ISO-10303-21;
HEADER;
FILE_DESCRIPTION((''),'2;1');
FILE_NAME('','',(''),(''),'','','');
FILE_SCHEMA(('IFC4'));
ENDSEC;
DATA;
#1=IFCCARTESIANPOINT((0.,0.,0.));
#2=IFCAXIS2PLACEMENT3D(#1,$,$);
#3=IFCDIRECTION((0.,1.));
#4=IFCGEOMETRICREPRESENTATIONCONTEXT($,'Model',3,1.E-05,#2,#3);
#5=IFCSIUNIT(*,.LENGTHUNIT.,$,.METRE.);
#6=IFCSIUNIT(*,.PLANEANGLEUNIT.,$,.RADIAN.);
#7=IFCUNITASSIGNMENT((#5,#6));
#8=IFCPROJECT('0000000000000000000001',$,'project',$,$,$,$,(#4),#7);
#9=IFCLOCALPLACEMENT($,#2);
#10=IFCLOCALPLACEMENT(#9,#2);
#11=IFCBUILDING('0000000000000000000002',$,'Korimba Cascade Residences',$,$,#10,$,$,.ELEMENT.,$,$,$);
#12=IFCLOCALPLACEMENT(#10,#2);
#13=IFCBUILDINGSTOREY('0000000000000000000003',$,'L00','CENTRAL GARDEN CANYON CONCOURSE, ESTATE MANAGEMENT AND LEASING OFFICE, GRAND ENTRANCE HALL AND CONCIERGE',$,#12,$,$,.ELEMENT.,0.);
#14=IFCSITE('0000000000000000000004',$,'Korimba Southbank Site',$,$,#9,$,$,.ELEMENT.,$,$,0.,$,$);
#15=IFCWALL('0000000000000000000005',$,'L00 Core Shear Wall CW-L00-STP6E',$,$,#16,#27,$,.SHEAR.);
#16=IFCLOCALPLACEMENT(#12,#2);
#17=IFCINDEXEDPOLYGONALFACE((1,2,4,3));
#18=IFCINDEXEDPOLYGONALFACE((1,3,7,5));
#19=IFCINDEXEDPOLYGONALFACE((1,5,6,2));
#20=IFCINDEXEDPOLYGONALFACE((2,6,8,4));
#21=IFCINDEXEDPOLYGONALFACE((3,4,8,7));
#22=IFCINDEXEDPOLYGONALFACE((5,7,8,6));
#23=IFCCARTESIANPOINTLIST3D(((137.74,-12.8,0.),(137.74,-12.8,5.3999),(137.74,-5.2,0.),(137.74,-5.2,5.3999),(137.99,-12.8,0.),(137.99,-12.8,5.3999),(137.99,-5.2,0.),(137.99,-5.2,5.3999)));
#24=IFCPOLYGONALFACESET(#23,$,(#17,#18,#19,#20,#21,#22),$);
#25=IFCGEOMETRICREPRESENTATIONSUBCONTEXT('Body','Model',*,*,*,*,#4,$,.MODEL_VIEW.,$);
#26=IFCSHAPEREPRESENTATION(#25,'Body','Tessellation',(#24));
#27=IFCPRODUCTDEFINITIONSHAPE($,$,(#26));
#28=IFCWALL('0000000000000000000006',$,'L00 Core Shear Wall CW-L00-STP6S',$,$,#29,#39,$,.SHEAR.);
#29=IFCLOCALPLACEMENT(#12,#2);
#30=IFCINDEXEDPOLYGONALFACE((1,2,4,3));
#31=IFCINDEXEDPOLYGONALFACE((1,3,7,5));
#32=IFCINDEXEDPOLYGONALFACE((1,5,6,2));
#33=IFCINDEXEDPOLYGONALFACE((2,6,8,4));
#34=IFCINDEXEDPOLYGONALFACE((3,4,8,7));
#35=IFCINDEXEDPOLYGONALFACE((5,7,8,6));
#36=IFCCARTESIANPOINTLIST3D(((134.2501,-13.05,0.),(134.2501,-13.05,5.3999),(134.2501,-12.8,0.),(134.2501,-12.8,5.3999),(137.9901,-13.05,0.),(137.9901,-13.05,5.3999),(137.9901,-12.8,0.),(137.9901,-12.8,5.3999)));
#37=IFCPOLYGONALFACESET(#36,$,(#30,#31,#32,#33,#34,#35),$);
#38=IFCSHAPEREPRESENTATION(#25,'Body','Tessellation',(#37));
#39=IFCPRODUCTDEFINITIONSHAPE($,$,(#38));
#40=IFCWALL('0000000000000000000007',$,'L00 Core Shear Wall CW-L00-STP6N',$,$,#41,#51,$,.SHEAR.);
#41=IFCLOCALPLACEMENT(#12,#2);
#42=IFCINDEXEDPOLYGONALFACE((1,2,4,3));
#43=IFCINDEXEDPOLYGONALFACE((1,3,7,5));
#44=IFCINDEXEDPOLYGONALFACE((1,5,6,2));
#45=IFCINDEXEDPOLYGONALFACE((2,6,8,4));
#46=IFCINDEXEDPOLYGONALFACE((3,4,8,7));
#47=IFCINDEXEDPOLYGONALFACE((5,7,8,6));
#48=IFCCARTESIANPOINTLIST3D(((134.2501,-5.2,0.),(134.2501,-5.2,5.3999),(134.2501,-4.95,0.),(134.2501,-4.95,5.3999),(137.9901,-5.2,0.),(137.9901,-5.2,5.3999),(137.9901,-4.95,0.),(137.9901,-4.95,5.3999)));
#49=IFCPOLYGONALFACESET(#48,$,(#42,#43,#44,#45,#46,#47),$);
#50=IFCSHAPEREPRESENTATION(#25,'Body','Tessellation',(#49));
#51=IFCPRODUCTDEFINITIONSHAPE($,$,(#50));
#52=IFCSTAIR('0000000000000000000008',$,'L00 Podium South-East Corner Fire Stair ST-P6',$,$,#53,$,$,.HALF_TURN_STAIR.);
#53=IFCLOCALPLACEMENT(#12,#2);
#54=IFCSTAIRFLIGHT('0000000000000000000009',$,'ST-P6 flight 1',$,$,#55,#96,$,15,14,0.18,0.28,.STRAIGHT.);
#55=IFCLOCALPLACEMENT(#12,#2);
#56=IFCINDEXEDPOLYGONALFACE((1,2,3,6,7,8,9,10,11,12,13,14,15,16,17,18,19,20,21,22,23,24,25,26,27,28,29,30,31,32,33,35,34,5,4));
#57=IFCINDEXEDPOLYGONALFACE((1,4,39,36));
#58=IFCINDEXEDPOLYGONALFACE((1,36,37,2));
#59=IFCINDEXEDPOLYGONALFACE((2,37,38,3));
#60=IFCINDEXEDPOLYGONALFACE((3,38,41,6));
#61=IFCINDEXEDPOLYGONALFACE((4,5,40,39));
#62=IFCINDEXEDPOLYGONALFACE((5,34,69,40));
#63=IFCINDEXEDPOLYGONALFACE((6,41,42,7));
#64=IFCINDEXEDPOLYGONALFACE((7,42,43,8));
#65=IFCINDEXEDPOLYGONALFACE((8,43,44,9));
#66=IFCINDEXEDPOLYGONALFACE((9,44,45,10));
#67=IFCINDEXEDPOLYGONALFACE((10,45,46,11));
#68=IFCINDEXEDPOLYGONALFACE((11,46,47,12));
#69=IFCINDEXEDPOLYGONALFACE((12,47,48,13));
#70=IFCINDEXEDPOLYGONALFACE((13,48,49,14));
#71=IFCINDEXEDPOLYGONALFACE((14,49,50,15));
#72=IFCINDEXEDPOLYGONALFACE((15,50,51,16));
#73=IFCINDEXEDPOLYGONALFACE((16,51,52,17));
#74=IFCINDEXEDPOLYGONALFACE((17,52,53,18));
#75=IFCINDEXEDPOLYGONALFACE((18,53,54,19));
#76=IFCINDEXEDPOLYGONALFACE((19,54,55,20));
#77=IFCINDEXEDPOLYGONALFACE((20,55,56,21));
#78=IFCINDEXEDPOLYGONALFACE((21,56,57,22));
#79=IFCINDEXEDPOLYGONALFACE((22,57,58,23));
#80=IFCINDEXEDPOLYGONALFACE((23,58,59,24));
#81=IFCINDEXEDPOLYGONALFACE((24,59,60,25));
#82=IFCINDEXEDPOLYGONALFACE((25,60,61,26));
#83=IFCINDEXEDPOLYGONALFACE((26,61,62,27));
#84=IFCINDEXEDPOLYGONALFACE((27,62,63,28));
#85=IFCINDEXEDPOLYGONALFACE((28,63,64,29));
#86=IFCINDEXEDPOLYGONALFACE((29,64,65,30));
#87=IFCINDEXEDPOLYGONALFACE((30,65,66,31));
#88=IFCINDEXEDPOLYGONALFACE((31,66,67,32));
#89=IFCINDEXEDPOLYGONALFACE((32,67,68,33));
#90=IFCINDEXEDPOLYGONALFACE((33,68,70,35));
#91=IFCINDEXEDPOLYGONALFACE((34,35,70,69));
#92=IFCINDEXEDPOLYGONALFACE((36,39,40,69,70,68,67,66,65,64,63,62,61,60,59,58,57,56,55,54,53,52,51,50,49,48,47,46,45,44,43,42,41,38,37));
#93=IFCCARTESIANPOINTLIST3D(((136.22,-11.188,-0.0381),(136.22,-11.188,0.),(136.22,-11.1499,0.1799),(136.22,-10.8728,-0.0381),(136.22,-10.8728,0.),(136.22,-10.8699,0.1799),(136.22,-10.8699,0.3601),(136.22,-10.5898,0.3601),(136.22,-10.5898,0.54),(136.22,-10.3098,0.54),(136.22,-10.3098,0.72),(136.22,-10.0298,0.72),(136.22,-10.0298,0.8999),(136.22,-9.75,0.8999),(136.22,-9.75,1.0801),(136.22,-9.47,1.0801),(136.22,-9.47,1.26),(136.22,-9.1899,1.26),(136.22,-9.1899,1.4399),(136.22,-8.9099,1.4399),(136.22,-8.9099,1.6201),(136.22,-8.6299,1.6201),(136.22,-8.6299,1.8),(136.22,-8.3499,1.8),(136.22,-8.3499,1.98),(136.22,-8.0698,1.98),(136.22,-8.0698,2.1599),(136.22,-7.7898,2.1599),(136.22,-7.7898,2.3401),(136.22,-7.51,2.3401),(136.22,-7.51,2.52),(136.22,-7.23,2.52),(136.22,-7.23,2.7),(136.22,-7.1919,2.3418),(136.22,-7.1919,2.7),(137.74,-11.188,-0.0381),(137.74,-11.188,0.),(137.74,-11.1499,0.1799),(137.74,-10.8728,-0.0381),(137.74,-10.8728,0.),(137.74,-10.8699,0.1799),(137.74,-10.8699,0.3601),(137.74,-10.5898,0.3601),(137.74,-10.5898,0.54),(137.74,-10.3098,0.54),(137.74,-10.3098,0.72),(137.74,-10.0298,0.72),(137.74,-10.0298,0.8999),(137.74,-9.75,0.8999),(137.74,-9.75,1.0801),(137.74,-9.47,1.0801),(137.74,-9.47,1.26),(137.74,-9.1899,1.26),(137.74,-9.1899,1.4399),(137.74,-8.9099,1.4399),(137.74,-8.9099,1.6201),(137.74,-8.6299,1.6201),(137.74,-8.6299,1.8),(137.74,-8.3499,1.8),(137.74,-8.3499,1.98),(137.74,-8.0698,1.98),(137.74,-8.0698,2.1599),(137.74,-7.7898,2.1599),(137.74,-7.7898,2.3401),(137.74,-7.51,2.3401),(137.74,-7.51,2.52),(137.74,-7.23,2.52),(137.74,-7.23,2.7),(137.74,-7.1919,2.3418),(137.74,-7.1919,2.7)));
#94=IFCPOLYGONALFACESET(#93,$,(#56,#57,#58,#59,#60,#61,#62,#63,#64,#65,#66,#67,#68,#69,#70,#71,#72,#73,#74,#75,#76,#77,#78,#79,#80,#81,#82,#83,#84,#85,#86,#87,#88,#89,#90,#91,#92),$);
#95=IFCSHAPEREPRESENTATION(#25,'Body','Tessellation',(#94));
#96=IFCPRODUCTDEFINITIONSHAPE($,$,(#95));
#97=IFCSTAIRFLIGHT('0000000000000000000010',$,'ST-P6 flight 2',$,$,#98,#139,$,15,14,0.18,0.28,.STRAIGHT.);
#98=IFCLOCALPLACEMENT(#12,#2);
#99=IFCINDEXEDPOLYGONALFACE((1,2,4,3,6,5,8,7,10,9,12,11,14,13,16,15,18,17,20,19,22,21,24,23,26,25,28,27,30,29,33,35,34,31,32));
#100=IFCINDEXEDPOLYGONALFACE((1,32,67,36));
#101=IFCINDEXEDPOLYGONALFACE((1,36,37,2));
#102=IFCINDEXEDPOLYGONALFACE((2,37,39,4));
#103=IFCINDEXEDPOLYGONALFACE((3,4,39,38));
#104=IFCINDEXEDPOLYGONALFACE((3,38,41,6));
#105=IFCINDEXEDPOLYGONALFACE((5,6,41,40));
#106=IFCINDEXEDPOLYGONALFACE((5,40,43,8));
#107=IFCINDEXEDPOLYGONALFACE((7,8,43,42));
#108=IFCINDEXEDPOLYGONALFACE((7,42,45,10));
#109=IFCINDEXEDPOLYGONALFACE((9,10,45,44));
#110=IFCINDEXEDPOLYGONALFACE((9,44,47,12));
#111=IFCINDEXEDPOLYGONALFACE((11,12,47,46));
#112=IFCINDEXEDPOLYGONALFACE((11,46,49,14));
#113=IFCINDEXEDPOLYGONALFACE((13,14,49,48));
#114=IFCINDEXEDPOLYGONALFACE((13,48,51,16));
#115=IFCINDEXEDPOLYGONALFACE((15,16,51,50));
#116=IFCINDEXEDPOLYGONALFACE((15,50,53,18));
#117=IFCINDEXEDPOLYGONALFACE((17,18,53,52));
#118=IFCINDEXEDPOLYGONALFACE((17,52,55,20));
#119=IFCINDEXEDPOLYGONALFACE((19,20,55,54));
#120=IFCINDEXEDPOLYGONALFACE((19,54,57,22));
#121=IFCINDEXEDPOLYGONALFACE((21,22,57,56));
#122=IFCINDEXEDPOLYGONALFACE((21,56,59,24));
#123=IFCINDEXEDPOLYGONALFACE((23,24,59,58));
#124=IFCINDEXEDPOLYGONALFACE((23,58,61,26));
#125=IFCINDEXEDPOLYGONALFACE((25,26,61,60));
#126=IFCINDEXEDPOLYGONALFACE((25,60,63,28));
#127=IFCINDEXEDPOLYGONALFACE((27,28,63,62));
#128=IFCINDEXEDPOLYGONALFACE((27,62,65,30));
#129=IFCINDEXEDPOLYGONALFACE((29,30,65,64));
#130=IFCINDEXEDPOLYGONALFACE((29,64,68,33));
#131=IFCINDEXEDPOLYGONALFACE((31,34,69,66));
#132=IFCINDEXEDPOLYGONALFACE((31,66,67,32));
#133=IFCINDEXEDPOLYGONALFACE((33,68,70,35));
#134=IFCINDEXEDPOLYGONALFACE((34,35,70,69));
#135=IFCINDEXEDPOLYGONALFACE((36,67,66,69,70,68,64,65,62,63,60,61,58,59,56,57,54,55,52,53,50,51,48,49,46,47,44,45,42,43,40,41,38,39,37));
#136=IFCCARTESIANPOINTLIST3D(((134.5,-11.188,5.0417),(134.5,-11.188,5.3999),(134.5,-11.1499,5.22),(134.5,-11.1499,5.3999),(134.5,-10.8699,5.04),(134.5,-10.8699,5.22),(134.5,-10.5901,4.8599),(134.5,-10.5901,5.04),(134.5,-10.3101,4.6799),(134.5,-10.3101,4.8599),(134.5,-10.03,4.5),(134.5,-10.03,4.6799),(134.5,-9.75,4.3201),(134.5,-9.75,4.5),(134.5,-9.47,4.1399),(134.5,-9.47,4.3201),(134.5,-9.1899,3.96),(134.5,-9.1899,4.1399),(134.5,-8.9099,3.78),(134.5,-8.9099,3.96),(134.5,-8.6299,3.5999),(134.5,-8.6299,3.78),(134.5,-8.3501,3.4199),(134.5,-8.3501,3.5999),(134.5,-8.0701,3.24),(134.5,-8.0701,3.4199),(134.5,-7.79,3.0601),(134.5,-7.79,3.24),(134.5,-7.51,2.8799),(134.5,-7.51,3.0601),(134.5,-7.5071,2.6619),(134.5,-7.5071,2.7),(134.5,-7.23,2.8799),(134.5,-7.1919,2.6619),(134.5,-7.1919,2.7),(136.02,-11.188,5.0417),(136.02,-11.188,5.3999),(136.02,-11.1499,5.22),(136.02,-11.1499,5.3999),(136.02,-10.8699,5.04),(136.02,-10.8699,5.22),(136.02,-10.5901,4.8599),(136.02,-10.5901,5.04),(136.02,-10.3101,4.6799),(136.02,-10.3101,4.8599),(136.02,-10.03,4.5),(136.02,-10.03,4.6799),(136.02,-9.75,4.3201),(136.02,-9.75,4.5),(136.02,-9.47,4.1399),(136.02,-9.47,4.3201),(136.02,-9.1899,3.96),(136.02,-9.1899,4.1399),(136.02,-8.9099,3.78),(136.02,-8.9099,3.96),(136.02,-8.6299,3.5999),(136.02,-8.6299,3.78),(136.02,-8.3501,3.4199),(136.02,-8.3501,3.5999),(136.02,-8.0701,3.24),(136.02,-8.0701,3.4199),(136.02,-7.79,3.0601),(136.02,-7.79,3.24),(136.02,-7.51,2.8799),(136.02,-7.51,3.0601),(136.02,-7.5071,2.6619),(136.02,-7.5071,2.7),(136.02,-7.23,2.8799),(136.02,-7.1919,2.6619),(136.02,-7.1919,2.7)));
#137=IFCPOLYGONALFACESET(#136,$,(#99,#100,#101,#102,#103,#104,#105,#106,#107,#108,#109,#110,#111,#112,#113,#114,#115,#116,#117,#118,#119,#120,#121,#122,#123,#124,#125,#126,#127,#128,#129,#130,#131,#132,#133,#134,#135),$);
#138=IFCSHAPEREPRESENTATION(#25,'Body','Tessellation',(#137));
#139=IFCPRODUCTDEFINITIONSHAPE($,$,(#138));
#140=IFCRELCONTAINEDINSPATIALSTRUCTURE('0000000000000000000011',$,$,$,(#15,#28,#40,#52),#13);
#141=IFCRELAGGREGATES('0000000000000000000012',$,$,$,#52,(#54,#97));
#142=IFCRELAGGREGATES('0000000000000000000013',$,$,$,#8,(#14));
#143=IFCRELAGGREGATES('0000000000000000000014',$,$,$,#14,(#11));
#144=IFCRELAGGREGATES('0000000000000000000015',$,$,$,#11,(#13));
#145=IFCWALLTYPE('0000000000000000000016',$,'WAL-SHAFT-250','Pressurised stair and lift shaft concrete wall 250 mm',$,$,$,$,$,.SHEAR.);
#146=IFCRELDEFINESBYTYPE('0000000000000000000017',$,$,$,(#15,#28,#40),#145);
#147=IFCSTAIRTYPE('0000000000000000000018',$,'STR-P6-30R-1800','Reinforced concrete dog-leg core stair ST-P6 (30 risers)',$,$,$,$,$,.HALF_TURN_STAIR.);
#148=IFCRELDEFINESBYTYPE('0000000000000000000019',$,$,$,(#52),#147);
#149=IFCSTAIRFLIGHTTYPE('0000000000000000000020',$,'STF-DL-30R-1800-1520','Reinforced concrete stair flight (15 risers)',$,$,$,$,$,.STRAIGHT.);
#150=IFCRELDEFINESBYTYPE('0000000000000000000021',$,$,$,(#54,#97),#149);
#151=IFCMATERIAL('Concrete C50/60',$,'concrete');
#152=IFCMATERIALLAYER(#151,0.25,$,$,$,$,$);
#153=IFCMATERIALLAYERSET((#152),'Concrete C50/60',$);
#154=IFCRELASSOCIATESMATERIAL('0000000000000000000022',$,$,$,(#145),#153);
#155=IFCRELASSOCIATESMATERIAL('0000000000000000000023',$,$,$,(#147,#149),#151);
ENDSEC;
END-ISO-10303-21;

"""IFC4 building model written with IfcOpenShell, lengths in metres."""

from ifc_helpers import new_model, si_unit, direction, frame, frame_2d, origin, place, context, subcontext, project, spatial, polyline, rectangle, outline, extrude, material, layer, layer_set, type_object, element, aggregate, save


model = new_model("IFC4")

# Units and contexts
model_context = context("Model", 3, precision=1e-05, world=origin(), true_north=direction((0.0, 1.0)))
body_context = subcontext(model_context, "Body", "Model", "MODEL_VIEW")
ifc_project = project(units=[si_unit("LENGTHUNIT", "METRE"), si_unit("PLANEANGLEUNIT", "RADIAN")], contexts=[model_context])

# Site, building, storey
site_placement = place(None, origin())
site = spatial("IfcSite", under=ifc_project, at=site_placement, Name="Korimba Southbank Site", CompositionType="ELEMENT", RefElevation=0.0)
building_placement = place(site_placement, origin())
building = spatial("IfcBuilding", under=site, at=building_placement, Name="Korimba Cascade Residences", CompositionType="ELEMENT")
storey_placement = place(building_placement, origin())
storey = spatial("IfcBuildingStorey", under=building, at=storey_placement, Name="L00", Description="CENTRAL GARDEN CANYON CONCOURSE, ESTATE MANAGEMENT AND LEASING OFFICE, GRAND ENTRANCE HALL AND CONCIERGE", CompositionType="ELEMENT", Elevation=0.0)

# Shared definitions
ifc_material_1 = material(Name="Concrete C50/60", Category="concrete")
ifc_layer_1 = layer(ifc_material_1, 0.25)
ifc_layer_set_1 = layer_set([ifc_layer_1], Name="Concrete C50/60")
wall_type_1 = type_object("IfcWallType", Name="WAL-SHAFT-250", Description="Pressurised stair and lift shaft concrete wall 250 mm", PredefinedType="SHEAR", material=ifc_layer_set_1)

# Walls
wall_1_placement = place(storey_placement, frame((137.865, -12.8, 0.0), z_axis=(0.0, 0.0, 1.0), x_axis=(0.0, 1.0, 0.0)))
element("IfcWall", 1, at=wall_1_placement, inside=storey, type_object=wall_type_1, Name="L00 Core Shear Wall CW-L00-STP6E", PredefinedType="SHEAR", context=body_context, shape_type="SweptSolid", body=[
    extrude(rectangle(XDim=7.6001, YDim=0.25, at=frame_2d((3.8, 0.0))), origin(), (0.0, 0.0, 1.0), 5.3999),
])
for number, where, z_axis, x_axis, name in (
    (2, (134.25, -12.925, 0.0), (0.0, 0.0, 1.0), (1.0, 0.0, 0.0), "L00 Core Shear Wall CW-L00-STP6S"),
    (3, (134.25, -5.075, 0.0), (0.0, 0.0, 1.0), (1.0, 0.0, 0.0), "L00 Core Shear Wall CW-L00-STP6N"),
):
    element("IfcWall", number, at=place(storey_placement, frame(where, z_axis=z_axis, x_axis=x_axis)), inside=storey, type_object=wall_type_1, Name=name, PredefinedType="SHEAR", context=body_context, shape_type="SweptSolid", body=[
        extrude(rectangle(XDim=3.74, YDim=0.25, at=frame_2d((1.8701, 0.0))), origin(), (0.0, 0.0, 1.0), 5.3999),
    ])

# Stair, stair flights
stair_type = type_object("IfcStairType", Name="STR-P6-30R-1800", Description="Reinforced concrete dog-leg core stair ST-P6 (30 risers)", PredefinedType="HALF_TURN_STAIR", material=ifc_material_1)
stair_placement = place(storey_placement, origin())
stair = element("IfcStair", 4, at=stair_placement, inside=storey, type_object=stair_type, Name="L00 Podium South-East Corner Fire Stair ST-P6", PredefinedType="HALF_TURN_STAIR")
stair_flight_type = type_object("IfcStairFlightType", Name="STF-DL-30R-1800-1520", Description="Reinforced concrete stair flight (15 risers)", PredefinedType="STRAIGHT", material=ifc_material_1)
stair_flight_1_placement = place(storey_placement, frame((136.98, -11.1499, 0.0), z_axis=(0.0, 0.0, 1.0), x_axis=(0.0, 1.0, 0.0)))
stair_flight_1 = element("IfcStairFlight", 5, at=stair_flight_1_placement, type_object=stair_flight_type, Name="ST-P6 flight 1", NumberOfRisers=15, NumberOfTreads=14, PredefinedType="STRAIGHT", RiserHeight=0.18, TreadLength=0.28, context=body_context, shape_type="SweptSolid", body=[
    extrude(outline(polyline([(-0.0381, 0.0), (0.0, 0.1799), (0.28, 0.1799), (0.28, 0.3601), (0.5601, 0.3601), (0.5601, 0.54), (0.8401, 0.54), (0.8401, 0.72), (1.1201, 0.72), (1.1201, 0.8999), (1.3999, 0.8999), (1.3999, 1.0801), (1.6799, 1.0801), (1.6799, 1.26), (1.96, 1.26), (1.96, 1.4399), (2.24, 1.4399), (2.24, 1.6201), (2.52, 1.6201), (2.52, 1.8), (2.8, 1.8), (2.8, 1.98), (3.0801, 1.98), (3.0801, 2.1599), (3.3601, 2.1599), (3.3601, 2.3401), (3.6399, 2.3401), (3.6399, 2.52), (3.9199, 2.52), (3.9199, 2.7), (3.958, 2.7), (3.958, 2.3418), (0.2771, 0.0), (0.2771, -0.0381), (-0.0381, -0.0381), (-0.0381, 0.0)])), frame((0.0, 0.76, 0.0), z_axis=(0.0, -1.0, 0.0), x_axis=(1.0, 0.0, 0.0)), (0.0, 0.0, 1.0), 1.52),
])
stair_flight_2_placement = place(storey_placement, frame((135.26, -7.23, 2.7), z_axis=(0.0, 0.0, 1.0), x_axis=(0.0, -1.0, 0.0)))
stair_flight_2 = element("IfcStairFlight", 6, at=stair_flight_2_placement, type_object=stair_flight_type, Name="ST-P6 flight 2", NumberOfRisers=15, NumberOfTreads=14, PredefinedType="STRAIGHT", RiserHeight=0.18, TreadLength=0.28, context=body_context, shape_type="SweptSolid", body=[
    extrude(outline(polyline([(-0.0381, 0.0), (0.0, 0.1799), (0.28, 0.1799), (0.28, 0.3601), (0.5601, 0.3601), (0.5601, 0.54), (0.8401, 0.54), (0.8401, 0.72), (1.1201, 0.72), (1.1201, 0.8999), (1.3999, 0.8999), (1.3999, 1.0801), (1.6799, 1.0801), (1.6799, 1.26), (1.96, 1.26), (1.96, 1.4399), (2.24, 1.4399), (2.24, 1.6201), (2.52, 1.6201), (2.52, 1.8), (2.8, 1.8), (2.8, 1.98), (3.0801, 1.98), (3.0801, 2.1599), (3.3601, 2.1599), (3.3601, 2.3401), (3.6399, 2.3401), (3.6399, 2.52), (3.9199, 2.52), (3.9199, 2.7), (3.958, 2.7), (3.958, 2.3418), (0.2771, 0.0), (0.2771, -0.0381), (-0.0381, -0.0381), (-0.0381, 0.0)])), frame((0.0, 0.76, 0.0), z_axis=(0.0, -1.0, 0.0), x_axis=(1.0, 0.0, 0.0)), (0.0, 0.0, 1.0), 1.52),
])
aggregate(stair, [stair_flight_1, stair_flight_2])

save(model, "model.ifc")
